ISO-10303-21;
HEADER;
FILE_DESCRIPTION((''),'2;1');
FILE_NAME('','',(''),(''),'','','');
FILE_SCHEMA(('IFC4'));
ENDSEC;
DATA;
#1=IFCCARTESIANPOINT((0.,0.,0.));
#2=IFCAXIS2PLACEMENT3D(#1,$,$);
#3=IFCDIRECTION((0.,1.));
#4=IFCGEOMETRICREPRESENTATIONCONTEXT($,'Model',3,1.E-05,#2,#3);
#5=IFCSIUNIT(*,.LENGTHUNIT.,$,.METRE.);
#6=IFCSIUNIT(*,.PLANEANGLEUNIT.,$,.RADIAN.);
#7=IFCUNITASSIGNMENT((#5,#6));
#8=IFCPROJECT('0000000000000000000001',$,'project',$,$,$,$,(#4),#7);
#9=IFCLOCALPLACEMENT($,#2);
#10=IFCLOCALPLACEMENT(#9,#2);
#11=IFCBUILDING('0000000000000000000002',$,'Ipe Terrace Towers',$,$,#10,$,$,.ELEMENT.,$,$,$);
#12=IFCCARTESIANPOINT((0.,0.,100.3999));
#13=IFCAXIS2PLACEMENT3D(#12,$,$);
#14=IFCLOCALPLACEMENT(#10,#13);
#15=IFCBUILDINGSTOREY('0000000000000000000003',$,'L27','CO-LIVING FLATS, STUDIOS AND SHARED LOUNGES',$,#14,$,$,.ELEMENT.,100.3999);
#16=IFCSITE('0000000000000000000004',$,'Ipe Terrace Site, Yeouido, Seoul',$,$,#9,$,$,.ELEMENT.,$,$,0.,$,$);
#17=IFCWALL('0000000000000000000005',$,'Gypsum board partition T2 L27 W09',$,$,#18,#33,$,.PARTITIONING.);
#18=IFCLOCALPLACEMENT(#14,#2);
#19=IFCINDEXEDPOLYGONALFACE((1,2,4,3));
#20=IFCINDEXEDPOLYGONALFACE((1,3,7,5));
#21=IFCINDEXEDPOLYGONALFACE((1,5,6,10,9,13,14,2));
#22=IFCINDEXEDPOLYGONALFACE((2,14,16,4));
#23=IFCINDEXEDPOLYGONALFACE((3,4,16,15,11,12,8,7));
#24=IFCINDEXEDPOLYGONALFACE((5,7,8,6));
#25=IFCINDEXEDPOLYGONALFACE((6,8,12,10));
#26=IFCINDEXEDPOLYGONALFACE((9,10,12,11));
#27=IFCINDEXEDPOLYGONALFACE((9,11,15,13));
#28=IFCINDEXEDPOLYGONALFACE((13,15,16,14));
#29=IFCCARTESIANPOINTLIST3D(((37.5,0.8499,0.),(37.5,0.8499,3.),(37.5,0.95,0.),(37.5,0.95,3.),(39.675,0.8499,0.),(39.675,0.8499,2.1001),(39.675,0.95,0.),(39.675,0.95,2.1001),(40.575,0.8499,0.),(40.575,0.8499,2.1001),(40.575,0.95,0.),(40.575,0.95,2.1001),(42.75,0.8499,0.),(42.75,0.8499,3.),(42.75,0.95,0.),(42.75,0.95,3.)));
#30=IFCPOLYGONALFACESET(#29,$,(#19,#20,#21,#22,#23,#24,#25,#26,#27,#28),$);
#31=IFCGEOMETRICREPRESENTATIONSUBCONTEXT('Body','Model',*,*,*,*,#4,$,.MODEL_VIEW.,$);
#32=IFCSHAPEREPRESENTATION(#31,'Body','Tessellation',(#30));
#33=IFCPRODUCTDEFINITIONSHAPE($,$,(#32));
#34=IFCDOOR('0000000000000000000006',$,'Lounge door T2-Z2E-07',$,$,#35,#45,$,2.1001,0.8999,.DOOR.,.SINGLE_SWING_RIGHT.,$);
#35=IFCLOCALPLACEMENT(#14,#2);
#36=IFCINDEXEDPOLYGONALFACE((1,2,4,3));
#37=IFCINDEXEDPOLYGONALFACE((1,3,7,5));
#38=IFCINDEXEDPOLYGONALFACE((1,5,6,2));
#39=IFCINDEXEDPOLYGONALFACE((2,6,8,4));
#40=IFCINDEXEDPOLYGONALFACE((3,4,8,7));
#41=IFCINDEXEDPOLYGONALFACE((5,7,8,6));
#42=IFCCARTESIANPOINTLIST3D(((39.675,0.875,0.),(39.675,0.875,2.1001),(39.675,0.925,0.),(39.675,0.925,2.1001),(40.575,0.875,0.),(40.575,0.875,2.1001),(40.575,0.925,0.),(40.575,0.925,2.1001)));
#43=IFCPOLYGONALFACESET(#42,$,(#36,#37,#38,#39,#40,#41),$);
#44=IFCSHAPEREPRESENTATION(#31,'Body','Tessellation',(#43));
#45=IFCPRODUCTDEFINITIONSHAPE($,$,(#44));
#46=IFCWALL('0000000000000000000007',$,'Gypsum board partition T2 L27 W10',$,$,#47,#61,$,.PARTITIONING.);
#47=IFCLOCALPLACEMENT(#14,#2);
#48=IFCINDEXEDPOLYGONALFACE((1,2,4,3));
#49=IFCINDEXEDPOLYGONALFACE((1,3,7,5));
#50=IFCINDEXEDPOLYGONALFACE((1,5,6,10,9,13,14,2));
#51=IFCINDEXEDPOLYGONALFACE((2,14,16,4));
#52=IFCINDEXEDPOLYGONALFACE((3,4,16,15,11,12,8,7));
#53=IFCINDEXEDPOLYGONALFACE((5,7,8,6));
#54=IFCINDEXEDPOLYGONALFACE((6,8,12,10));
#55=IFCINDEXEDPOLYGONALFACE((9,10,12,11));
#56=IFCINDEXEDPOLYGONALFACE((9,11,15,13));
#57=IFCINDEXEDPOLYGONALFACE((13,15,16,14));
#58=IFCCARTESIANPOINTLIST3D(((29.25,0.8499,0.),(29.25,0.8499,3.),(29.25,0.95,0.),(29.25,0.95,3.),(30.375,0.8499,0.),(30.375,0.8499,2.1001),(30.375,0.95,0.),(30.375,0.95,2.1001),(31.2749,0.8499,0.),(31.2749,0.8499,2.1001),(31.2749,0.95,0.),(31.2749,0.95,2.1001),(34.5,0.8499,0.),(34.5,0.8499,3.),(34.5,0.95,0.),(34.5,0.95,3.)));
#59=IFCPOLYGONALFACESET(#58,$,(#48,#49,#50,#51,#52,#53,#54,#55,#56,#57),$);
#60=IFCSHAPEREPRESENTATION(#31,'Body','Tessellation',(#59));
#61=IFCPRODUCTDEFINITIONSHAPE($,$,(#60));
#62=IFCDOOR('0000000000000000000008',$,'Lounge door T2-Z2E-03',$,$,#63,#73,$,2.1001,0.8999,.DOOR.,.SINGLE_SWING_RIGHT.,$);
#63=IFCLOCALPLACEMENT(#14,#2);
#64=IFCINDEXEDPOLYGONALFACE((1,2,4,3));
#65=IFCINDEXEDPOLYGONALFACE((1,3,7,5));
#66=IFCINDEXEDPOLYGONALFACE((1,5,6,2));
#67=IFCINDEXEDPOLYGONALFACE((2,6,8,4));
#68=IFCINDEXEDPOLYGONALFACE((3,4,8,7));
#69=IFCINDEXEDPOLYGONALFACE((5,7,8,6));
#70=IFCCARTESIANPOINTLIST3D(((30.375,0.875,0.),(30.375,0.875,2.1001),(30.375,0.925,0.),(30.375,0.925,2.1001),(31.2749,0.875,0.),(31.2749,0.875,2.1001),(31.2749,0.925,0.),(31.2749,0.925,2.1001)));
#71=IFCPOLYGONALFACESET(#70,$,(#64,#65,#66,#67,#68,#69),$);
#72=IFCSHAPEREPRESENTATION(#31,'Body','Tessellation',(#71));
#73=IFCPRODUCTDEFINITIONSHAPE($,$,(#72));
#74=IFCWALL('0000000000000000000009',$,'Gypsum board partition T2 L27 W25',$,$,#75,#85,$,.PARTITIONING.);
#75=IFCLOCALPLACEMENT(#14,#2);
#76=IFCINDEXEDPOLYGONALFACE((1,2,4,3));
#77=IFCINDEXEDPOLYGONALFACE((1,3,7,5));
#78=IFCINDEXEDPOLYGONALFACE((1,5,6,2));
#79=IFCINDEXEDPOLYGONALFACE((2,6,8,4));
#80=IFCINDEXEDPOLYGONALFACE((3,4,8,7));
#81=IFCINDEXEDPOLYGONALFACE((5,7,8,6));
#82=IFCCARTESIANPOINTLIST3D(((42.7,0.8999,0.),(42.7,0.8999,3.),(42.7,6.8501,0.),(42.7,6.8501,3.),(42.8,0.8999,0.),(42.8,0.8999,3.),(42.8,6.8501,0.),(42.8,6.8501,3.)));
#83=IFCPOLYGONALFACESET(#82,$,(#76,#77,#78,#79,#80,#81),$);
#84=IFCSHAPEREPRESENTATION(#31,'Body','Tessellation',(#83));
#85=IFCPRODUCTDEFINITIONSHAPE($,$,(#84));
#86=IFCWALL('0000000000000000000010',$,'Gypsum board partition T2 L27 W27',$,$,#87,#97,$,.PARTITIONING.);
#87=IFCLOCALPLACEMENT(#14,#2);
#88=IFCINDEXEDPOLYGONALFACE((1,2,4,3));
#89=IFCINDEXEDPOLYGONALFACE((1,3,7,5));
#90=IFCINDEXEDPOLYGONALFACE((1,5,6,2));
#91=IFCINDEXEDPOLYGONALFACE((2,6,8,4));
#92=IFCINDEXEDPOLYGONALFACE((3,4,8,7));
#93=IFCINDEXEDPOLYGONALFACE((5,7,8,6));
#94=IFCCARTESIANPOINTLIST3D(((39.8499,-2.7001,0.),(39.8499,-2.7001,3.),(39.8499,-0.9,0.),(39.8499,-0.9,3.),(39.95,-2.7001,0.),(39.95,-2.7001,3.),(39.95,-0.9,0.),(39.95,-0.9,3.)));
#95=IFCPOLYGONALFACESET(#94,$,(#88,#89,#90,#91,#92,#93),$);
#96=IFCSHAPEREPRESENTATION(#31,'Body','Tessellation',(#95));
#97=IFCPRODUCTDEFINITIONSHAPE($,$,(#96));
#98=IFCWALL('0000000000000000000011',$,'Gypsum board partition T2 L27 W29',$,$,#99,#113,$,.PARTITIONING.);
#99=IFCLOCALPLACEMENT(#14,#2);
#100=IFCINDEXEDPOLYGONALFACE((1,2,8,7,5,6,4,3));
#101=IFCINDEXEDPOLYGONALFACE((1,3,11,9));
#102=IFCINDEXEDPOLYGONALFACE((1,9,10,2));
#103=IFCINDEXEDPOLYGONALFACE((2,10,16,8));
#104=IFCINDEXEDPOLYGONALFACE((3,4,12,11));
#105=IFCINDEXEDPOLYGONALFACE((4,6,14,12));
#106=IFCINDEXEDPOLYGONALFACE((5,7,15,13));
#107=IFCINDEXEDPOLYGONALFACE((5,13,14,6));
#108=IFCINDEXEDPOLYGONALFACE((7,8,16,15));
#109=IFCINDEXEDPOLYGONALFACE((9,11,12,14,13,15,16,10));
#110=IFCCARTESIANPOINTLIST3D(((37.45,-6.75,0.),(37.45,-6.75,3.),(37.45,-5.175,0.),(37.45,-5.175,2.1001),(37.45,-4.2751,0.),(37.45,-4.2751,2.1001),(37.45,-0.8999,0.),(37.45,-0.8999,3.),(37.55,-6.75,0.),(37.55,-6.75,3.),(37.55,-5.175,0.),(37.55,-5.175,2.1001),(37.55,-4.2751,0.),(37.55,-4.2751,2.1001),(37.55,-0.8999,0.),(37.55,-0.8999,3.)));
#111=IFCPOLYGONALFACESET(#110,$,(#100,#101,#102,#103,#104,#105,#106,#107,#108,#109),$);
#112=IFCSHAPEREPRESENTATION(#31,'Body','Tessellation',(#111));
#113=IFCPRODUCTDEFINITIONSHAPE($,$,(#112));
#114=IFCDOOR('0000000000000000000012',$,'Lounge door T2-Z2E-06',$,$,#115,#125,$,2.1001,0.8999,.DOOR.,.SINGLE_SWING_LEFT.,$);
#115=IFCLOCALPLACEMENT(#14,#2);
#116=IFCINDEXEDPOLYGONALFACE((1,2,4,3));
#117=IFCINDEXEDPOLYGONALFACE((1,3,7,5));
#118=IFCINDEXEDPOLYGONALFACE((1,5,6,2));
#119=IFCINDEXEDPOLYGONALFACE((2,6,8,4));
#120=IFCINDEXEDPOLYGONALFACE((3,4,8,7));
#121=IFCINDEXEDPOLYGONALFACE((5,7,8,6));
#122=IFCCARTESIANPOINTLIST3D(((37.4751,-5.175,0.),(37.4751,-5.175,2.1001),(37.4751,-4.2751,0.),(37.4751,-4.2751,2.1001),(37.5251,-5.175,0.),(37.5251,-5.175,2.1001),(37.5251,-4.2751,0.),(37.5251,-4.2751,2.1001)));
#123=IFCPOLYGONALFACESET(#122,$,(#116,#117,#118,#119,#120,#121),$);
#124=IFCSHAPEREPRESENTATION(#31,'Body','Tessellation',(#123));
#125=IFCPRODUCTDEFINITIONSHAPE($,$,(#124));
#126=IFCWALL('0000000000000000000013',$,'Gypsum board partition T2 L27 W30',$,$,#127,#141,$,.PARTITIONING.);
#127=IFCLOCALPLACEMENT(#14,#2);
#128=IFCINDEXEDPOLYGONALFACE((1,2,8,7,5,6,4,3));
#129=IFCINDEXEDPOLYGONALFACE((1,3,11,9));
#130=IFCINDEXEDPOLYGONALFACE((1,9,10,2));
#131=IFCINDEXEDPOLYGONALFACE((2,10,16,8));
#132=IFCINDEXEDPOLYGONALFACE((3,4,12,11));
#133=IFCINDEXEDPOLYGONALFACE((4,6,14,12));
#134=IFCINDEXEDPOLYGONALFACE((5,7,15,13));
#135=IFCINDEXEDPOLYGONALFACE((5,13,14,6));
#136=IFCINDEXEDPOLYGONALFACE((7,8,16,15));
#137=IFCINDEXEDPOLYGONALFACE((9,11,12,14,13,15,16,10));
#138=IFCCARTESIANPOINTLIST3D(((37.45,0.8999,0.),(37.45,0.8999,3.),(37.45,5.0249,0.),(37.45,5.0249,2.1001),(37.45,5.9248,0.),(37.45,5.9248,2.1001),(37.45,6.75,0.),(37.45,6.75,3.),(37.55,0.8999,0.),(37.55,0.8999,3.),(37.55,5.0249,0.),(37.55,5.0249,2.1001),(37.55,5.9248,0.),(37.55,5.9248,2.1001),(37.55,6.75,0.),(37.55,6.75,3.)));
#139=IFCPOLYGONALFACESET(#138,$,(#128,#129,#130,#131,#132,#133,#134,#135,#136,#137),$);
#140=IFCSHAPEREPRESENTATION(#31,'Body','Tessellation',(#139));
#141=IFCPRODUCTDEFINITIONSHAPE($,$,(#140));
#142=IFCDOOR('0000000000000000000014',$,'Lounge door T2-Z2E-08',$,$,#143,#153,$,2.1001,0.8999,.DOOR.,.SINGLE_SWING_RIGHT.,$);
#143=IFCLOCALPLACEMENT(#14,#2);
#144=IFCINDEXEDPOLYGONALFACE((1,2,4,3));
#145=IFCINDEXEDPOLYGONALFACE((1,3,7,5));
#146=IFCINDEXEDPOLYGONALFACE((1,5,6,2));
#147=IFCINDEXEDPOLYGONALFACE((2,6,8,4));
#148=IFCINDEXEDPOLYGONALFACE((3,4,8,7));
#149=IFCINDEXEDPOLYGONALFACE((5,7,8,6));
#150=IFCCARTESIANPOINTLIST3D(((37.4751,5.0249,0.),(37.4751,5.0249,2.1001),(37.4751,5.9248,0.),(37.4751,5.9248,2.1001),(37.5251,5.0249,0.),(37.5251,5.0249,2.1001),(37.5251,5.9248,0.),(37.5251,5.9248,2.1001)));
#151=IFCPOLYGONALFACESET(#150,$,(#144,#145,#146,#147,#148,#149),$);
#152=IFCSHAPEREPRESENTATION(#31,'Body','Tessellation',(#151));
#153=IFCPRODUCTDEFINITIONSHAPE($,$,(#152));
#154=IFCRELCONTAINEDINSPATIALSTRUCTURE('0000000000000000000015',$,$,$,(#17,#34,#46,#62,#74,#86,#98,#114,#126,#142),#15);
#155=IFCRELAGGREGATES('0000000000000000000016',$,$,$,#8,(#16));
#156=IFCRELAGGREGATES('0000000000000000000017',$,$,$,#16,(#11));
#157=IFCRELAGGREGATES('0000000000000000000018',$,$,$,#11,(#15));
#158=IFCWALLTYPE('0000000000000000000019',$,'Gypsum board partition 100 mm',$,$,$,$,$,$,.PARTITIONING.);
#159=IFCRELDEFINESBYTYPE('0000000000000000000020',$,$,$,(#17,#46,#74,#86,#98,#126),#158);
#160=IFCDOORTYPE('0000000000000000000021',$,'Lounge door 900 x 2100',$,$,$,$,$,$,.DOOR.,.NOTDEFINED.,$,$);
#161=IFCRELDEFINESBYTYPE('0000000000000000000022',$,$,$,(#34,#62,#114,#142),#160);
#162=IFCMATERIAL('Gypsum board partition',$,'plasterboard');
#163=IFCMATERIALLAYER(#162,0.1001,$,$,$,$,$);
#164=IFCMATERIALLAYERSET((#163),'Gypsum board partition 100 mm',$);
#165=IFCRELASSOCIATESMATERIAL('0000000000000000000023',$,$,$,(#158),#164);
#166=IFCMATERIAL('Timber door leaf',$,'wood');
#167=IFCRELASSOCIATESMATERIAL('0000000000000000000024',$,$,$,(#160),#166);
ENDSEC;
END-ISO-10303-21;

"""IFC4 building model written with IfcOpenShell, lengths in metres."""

from ifc_helpers import new_model, si_unit, direction, frame, frame_2d, origin, place, context, subcontext, project, spatial, rectangle, extrude, material, layer, layer_set, type_object, element, fill, save


model = new_model("IFC4")

# Units and contexts
model_context = context("Model", 3, precision=1e-05, world=origin(), true_north=direction((0.0, 1.0)))
body_context = subcontext(model_context, "Body", "Model", "MODEL_VIEW")
ifc_project = project(units=[si_unit("LENGTHUNIT", "METRE"), si_unit("PLANEANGLEUNIT", "RADIAN")], contexts=[model_context])

# Site, building, storey
site_placement = place(None, origin())
site = spatial("IfcSite", under=ifc_project, at=site_placement, Name="Ipe Terrace Site, Yeouido, Seoul", CompositionType="ELEMENT", RefElevation=0.0)
building_placement = place(site_placement, origin())
building = spatial("IfcBuilding", under=site, at=building_placement, Name="Ipe Terrace Towers", CompositionType="ELEMENT")
storey_placement = place(building_placement, frame((0.0, 0.0, 100.3999)))
storey = spatial("IfcBuildingStorey", under=building, at=storey_placement, Name="L27", Description="CO-LIVING FLATS, STUDIOS AND SHARED LOUNGES", CompositionType="ELEMENT", Elevation=100.3999)

# Shared definitions
ifc_material_1 = material(Name="Gypsum board partition", Category="plasterboard")
ifc_layer_1 = layer(ifc_material_1, 0.1001)
ifc_layer_set_1 = layer_set([ifc_layer_1], Name="Gypsum board partition 100 mm")
wall_type_1 = type_object("IfcWallType", Name="Gypsum board partition 100 mm", PredefinedType="PARTITIONING", material=ifc_layer_set_1)

# Walls, openings, doors
ifc_material_2 = material(Name="Timber door leaf", Category="wood")
door_type_1 = type_object("IfcDoorType", Name="Lounge door 900 x 2100", OperationType="NOTDEFINED", PredefinedType="DOOR", material=ifc_material_2)
wall_1_placement = place(storey_placement, frame((42.75, 0.8999, 0.0), z_axis=(0.0, 0.0, 1.0), x_axis=(-1.0, 0.0, 0.0)))
wall_1 = element("IfcWall", 1, at=wall_1_placement, inside=storey, type_object=wall_type_1, Name="Gypsum board partition T2 L27 W09", PredefinedType="PARTITIONING", context=body_context, shape_type="SweptSolid", body=[
    extrude(rectangle(XDim=5.25, YDim=0.1001, at=frame_2d((2.625, 0.0))), origin(), (0.0, 0.0, 1.0), 3.0),
])
opening_1_placement = place(wall_1_placement, frame((2.175, 0.0, 0.0)))
opening_1 = element("IfcOpeningElement", 2, at=opening_1_placement, cuts=wall_1, PredefinedType="OPENING", context=body_context, shape_type="SweptSolid", body=[
    extrude(rectangle(XDim=0.8999, YDim=2.1001, at=frame_2d((0.45, 1.05))), frame((0.0, 0.0601, 0.0), z_axis=(0.0, -1.0, 0.0), x_axis=(1.0, 0.0, 0.0)), (0.0, 0.0, 1.0), 0.1201),
])
door_1_placement = place(opening_1_placement, origin())
door_1 = element("IfcDoor", 3, at=door_1_placement, inside=storey, type_object=door_type_1, Name="Lounge door T2-Z2E-07", OperationType="SINGLE_SWING_RIGHT", OverallHeight=2.1001, OverallWidth=0.8999, PredefinedType="DOOR", context=body_context, shape_type="SweptSolid", body=[
    extrude(rectangle(XDim=0.8999, YDim=2.1001, at=frame_2d((0.45, 1.05))), frame((0.0, 0.0249, 0.0), z_axis=(0.0, -1.0, 0.0), x_axis=(1.0, 0.0, 0.0)), (0.0, 0.0, 1.0), 0.05),
])
fill(opening_1, door_1)
wall_2_placement = place(storey_placement, frame((34.5, 0.8999, 0.0), z_axis=(0.0, 0.0, 1.0), x_axis=(-1.0, 0.0, 0.0)))
wall_2 = element("IfcWall", 4, at=wall_2_placement, inside=storey, type_object=wall_type_1, Name="Gypsum board partition T2 L27 W10", PredefinedType="PARTITIONING", context=body_context, shape_type="SweptSolid", body=[
    extrude(rectangle(XDim=5.25, YDim=0.1001, at=frame_2d((2.625, 0.0))), origin(), (0.0, 0.0, 1.0), 3.0),
])
opening_2_placement = place(wall_2_placement, frame((3.2251, 0.0, 0.0)))
opening_2 = element("IfcOpeningElement", 5, at=opening_2_placement, cuts=wall_2, PredefinedType="OPENING", context=body_context, shape_type="SweptSolid", body=[
    extrude(rectangle(XDim=0.8999, YDim=2.1001, at=frame_2d((0.45, 1.05))), frame((0.0, 0.0601, 0.0), z_axis=(0.0, -1.0, 0.0), x_axis=(1.0, 0.0, 0.0)), (0.0, 0.0, 1.0), 0.1201),
])
door_2_placement = place(opening_2_placement, origin())
door_2 = element("IfcDoor", 6, at=door_2_placement, inside=storey, type_object=door_type_1, Name="Lounge door T2-Z2E-03", OperationType="SINGLE_SWING_RIGHT", OverallHeight=2.1001, OverallWidth=0.8999, PredefinedType="DOOR", context=body_context, shape_type="SweptSolid", body=[
    extrude(rectangle(XDim=0.8999, YDim=2.1001, at=frame_2d((0.45, 1.05))), frame((0.0, 0.0249, 0.0), z_axis=(0.0, -1.0, 0.0), x_axis=(1.0, 0.0, 0.0)), (0.0, 0.0, 1.0), 0.05),
])
fill(opening_2, door_2)

# Walls
wall_3_placement = place(storey_placement, frame((42.75, 0.8999, 0.0), z_axis=(0.0, 0.0, 1.0), x_axis=(0.0, 1.0, 0.0)))
element("IfcWall", 7, at=wall_3_placement, inside=storey, type_object=wall_type_1, Name="Gypsum board partition T2 L27 W25", PredefinedType="PARTITIONING", context=body_context, shape_type="SweptSolid", body=[
    extrude(rectangle(XDim=5.9502, YDim=0.1001, at=frame_2d((2.9751, 0.0))), origin(), (0.0, 0.0, 1.0), 3.0),
])
wall_4_placement = place(storey_placement, frame((39.8999, -2.7, 0.0), z_axis=(0.0, 0.0, 1.0), x_axis=(0.0, 1.0, 0.0)))
element("IfcWall", 8, at=wall_4_placement, inside=storey, type_object=wall_type_1, Name="Gypsum board partition T2 L27 W27", PredefinedType="PARTITIONING", context=body_context, shape_type="SweptSolid", body=[
    extrude(rectangle(XDim=1.8, YDim=0.1001, at=frame_2d((0.8999, 0.0))), origin(), (0.0, 0.0, 1.0), 3.0),
])

# Walls, openings, doors
wall_5_placement = place(storey_placement, frame((37.5, -6.75, 0.0), z_axis=(0.0, 0.0, 1.0), x_axis=(0.0, 1.0, 0.0)))
wall_5 = element("IfcWall", 9, at=wall_5_placement, inside=storey, type_object=wall_type_1, Name="Gypsum board partition T2 L27 W29", PredefinedType="PARTITIONING", context=body_context, shape_type="SweptSolid", body=[
    extrude(rectangle(XDim=5.8501, YDim=0.1001, at=frame_2d((2.925, 0.0))), origin(), (0.0, 0.0, 1.0), 3.0),
])
opening_3_placement = place(wall_5_placement, frame((1.575, 0.0, 0.0)))
opening_3 = element("IfcOpeningElement", 10, at=opening_3_placement, cuts=wall_5, PredefinedType="OPENING", context=body_context, shape_type="SweptSolid", body=[
    extrude(rectangle(XDim=0.8999, YDim=2.1001, at=frame_2d((0.45, 1.05))), frame((0.0, 0.0601, 0.0), z_axis=(0.0, -1.0, 0.0), x_axis=(1.0, 0.0, 0.0)), (0.0, 0.0, 1.0), 0.1201),
])
door_3_placement = place(opening_3_placement, origin())
door_3 = element("IfcDoor", 11, at=door_3_placement, inside=storey, type_object=door_type_1, Name="Lounge door T2-Z2E-06", OperationType="SINGLE_SWING_LEFT", OverallHeight=2.1001, OverallWidth=0.8999, PredefinedType="DOOR", context=body_context, shape_type="SweptSolid", body=[
    extrude(rectangle(XDim=0.8999, YDim=2.1001, at=frame_2d((0.45, 1.05))), frame((0.0, 0.0249, 0.0), z_axis=(0.0, -1.0, 0.0), x_axis=(1.0, 0.0, 0.0)), (0.0, 0.0, 1.0), 0.05),
])
fill(opening_3, door_3)
wall_6_placement = place(storey_placement, frame((37.5, 0.8999, 0.0), z_axis=(0.0, 0.0, 1.0), x_axis=(0.0, 1.0, 0.0)))
wall_6 = element("IfcWall", 12, at=wall_6_placement, inside=storey, type_object=wall_type_1, Name="Gypsum board partition T2 L27 W30", PredefinedType="PARTITIONING", context=body_context, shape_type="SweptSolid", body=[
    extrude(rectangle(XDim=5.8501, YDim=0.1001, at=frame_2d((2.925, 0.0))), origin(), (0.0, 0.0, 1.0), 3.0),
])
opening_4_placement = place(wall_6_placement, frame((4.125, 0.0, 0.0)))
opening_4 = element("IfcOpeningElement", 13, at=opening_4_placement, cuts=wall_6, PredefinedType="OPENING", context=body_context, shape_type="SweptSolid", body=[
    extrude(rectangle(XDim=0.8999, YDim=2.1001, at=frame_2d((0.45, 1.05))), frame((0.0, 0.0601, 0.0), z_axis=(0.0, -1.0, 0.0), x_axis=(1.0, 0.0, 0.0)), (0.0, 0.0, 1.0), 0.1201),
])
door_4_placement = place(opening_4_placement, origin())
door_4 = element("IfcDoor", 14, at=door_4_placement, inside=storey, type_object=door_type_1, Name="Lounge door T2-Z2E-08", OperationType="SINGLE_SWING_RIGHT", OverallHeight=2.1001, OverallWidth=0.8999, PredefinedType="DOOR", context=body_context, shape_type="SweptSolid", body=[
    extrude(rectangle(XDim=0.8999, YDim=2.1001, at=frame_2d((0.45, 1.05))), frame((0.0, 0.0249, 0.0), z_axis=(0.0, -1.0, 0.0), x_axis=(1.0, 0.0, 0.0)), (0.0, 0.0, 1.0), 0.05),
])
fill(opening_4, door_4)

save(model, "model.ifc")
